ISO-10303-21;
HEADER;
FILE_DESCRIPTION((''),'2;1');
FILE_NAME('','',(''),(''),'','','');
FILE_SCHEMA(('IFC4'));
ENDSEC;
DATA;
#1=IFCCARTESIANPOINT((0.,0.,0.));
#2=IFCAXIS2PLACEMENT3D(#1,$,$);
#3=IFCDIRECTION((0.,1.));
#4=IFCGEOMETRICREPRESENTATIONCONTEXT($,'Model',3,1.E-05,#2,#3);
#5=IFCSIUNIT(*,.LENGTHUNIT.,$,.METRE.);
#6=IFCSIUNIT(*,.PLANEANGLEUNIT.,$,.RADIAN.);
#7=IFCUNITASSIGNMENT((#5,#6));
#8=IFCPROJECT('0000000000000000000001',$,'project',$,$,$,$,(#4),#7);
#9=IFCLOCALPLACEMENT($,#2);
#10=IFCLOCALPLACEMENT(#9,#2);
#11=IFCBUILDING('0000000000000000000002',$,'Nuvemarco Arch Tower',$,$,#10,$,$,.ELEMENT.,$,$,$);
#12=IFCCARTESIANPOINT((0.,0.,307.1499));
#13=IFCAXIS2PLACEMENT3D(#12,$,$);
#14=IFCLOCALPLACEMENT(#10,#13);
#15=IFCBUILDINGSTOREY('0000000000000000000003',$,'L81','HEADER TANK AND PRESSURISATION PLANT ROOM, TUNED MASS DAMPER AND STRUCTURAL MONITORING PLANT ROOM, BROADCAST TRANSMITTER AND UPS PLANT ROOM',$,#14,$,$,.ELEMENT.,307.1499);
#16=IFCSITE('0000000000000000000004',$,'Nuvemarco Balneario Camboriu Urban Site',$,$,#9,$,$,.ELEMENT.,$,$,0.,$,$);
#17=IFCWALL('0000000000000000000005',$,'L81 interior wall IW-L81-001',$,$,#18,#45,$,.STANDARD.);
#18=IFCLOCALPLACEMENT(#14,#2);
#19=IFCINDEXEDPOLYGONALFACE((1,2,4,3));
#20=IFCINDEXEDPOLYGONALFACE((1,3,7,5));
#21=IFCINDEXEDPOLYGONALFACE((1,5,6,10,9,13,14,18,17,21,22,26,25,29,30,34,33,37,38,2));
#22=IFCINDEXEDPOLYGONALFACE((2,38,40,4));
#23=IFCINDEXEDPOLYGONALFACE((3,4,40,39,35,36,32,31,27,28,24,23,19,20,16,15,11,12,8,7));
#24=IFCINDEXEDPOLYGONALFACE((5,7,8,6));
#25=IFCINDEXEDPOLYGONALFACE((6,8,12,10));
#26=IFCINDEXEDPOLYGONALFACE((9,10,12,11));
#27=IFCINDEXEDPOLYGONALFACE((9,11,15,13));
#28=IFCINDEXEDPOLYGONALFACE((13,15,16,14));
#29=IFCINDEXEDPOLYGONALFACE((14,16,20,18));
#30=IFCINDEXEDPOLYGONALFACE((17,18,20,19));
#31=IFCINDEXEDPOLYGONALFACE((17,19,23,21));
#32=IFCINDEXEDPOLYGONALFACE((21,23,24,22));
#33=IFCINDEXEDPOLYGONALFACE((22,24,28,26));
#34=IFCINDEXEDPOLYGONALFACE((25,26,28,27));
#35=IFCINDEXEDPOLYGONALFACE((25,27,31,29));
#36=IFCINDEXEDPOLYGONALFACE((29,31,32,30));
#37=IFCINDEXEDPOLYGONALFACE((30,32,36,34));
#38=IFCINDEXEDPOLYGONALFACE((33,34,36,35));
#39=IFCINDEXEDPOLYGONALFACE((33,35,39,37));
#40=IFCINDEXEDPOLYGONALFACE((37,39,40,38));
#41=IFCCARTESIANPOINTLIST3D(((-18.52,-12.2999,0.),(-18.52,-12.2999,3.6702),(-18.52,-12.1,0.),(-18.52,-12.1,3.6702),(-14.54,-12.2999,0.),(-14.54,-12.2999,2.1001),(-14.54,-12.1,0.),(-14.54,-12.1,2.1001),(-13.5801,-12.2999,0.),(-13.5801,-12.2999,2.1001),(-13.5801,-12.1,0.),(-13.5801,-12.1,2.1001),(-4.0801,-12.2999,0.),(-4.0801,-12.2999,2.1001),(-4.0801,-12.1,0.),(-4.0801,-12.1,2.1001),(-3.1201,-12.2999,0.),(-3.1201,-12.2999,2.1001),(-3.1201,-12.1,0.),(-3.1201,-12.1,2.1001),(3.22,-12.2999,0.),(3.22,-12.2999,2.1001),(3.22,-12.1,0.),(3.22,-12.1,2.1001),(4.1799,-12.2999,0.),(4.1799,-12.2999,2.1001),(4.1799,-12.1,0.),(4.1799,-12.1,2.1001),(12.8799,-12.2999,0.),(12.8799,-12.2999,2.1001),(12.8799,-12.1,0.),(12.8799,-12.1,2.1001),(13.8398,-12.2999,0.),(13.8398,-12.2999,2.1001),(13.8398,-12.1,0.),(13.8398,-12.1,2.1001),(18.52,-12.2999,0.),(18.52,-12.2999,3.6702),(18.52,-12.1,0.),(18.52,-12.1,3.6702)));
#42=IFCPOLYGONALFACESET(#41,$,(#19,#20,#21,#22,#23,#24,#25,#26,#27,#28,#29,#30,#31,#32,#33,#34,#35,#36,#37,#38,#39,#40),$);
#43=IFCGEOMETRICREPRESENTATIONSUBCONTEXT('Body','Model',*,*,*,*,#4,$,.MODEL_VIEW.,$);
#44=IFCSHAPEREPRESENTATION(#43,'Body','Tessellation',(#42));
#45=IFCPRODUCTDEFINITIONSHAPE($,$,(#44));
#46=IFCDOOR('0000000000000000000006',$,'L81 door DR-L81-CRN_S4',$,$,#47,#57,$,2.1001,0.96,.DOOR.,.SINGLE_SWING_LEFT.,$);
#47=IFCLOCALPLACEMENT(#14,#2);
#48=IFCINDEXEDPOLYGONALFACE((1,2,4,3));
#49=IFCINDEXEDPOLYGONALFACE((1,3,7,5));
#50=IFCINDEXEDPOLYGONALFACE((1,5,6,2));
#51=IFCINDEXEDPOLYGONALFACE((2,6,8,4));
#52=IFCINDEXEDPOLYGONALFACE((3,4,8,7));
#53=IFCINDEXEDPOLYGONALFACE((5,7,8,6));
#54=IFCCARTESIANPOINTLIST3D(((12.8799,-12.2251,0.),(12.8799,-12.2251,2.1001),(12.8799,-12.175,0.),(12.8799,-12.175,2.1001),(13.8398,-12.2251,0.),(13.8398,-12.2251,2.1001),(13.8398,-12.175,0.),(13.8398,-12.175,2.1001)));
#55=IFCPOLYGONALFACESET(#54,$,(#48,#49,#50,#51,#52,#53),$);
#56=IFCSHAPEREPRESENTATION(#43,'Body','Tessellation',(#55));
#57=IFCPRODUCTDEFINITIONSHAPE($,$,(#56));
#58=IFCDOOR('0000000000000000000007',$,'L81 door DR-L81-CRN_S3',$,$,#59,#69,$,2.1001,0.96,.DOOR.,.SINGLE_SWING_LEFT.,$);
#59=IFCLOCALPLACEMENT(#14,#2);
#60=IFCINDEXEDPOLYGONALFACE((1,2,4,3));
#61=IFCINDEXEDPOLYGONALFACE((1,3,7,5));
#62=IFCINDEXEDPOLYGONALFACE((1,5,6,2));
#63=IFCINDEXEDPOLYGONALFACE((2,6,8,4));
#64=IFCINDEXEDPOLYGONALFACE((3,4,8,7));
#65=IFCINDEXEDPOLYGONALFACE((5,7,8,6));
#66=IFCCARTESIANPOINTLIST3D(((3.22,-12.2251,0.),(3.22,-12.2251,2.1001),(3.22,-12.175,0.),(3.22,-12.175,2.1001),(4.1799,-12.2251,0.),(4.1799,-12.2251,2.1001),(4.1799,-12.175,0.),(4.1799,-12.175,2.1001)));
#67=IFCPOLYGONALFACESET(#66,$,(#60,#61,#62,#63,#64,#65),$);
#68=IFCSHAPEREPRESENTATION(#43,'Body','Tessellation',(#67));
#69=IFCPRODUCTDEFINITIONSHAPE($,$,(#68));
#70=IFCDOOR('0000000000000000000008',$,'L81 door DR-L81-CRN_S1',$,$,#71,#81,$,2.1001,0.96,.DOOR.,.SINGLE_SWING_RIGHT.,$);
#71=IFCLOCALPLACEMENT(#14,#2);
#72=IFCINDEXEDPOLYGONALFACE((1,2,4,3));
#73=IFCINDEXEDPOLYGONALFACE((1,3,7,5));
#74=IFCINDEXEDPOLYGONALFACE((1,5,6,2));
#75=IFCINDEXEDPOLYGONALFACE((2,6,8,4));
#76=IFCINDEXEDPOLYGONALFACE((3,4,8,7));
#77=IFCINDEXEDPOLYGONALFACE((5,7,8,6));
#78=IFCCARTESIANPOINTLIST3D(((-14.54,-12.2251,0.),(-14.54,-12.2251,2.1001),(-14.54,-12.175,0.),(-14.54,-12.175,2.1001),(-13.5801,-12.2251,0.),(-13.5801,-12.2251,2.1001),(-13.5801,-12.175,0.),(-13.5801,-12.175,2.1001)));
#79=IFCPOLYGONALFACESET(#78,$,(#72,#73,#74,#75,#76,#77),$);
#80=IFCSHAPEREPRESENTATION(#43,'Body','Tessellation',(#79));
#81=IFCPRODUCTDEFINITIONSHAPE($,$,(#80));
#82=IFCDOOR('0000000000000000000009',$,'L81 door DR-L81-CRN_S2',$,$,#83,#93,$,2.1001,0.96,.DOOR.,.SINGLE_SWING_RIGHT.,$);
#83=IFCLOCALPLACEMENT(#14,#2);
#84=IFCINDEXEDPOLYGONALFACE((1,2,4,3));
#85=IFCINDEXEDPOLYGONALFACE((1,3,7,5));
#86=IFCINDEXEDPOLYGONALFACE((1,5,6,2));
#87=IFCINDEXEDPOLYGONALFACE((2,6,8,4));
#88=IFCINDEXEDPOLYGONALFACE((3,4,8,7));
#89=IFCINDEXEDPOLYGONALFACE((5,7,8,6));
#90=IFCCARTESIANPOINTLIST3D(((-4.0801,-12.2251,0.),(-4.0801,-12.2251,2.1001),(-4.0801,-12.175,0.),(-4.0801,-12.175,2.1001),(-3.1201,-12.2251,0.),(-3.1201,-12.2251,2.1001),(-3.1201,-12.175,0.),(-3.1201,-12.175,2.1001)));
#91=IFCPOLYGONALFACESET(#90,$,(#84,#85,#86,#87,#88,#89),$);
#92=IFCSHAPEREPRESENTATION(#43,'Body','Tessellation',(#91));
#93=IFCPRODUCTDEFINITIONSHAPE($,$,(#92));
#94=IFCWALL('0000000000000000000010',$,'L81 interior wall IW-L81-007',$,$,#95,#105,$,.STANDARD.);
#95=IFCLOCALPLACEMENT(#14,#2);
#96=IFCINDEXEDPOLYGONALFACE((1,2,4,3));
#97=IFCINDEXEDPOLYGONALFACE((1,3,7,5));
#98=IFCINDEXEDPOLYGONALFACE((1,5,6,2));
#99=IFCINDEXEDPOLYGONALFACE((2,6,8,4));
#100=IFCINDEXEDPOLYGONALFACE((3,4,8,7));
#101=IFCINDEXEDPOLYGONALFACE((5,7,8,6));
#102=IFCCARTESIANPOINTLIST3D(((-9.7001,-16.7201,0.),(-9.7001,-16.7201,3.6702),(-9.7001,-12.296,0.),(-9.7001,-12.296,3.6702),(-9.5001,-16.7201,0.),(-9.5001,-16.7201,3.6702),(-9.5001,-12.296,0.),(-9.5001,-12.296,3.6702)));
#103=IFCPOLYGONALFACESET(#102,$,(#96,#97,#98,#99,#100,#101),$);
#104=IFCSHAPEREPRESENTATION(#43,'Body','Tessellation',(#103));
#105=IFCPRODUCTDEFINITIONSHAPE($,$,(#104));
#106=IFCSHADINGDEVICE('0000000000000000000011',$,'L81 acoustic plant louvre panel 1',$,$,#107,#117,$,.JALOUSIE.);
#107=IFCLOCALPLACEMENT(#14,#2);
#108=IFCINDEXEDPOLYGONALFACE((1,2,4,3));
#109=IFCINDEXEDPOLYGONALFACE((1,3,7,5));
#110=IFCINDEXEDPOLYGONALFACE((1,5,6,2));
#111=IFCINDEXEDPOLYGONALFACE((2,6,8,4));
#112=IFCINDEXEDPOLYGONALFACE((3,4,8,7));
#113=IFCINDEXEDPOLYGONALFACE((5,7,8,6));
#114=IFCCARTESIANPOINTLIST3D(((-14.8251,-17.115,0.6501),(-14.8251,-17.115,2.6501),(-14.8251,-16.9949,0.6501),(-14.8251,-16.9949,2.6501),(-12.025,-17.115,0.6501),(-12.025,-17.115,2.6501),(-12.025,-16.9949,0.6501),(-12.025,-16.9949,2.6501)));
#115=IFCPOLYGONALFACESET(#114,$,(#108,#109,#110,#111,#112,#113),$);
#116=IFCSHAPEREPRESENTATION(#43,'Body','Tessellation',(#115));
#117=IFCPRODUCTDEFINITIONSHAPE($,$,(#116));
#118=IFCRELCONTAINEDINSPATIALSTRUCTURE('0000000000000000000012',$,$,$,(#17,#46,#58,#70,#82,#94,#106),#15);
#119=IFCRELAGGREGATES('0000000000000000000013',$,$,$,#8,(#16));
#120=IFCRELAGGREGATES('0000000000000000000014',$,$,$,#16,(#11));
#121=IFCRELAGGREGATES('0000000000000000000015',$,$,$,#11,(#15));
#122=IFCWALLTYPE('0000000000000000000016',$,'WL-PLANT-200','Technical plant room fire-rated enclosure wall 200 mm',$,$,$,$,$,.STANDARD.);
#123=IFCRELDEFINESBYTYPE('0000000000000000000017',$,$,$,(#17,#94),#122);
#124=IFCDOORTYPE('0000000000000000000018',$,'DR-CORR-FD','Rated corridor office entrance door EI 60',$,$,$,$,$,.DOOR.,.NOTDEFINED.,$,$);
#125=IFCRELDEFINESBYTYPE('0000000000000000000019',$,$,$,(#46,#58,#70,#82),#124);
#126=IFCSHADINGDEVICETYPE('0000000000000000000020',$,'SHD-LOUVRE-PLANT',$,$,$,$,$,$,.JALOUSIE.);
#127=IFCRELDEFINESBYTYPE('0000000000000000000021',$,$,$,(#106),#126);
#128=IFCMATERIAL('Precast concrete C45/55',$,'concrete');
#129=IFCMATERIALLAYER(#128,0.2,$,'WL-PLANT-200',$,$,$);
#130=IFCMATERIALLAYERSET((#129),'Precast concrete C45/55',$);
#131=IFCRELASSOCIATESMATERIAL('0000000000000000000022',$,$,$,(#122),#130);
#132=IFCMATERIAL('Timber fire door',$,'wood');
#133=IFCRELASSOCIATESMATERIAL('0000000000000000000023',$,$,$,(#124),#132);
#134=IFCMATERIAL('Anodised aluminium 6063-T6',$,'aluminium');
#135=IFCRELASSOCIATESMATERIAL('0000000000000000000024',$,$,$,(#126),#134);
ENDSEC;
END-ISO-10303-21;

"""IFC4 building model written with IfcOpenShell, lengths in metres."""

from ifc_helpers import new_model, si_unit, direction, frame, frame_2d, origin, origin_2d, place, context, subcontext, project, spatial, rectangle, extrude, source, transform, mapped, material, layer, layer_set, type_object, type_shapes, element, fill, save


model = new_model("IFC4")

# Units and contexts
model_context = context("Model", 3, precision=1e-05, world=origin(), true_north=direction((0.0, 1.0)))
body_context = subcontext(model_context, "Body", "Model", "MODEL_VIEW")
ifc_project = project(units=[si_unit("LENGTHUNIT", "METRE"), si_unit("PLANEANGLEUNIT", "RADIAN")], contexts=[model_context])

# Site, building, storey
site_placement = place(None, origin())
site = spatial("IfcSite", under=ifc_project, at=site_placement, Name="Nuvemarco Balneario Camboriu Urban Site", CompositionType="ELEMENT", RefElevation=0.0)
building_placement = place(site_placement, origin())
building = spatial("IfcBuilding", under=site, at=building_placement, Name="Nuvemarco Arch Tower", CompositionType="ELEMENT")
storey_placement = place(building_placement, frame((0.0, 0.0, 307.1499)))
storey = spatial("IfcBuildingStorey", under=building, at=storey_placement, Name="L81", Description="HEADER TANK AND PRESSURISATION PLANT ROOM, TUNED MASS DAMPER AND STRUCTURAL MONITORING PLANT ROOM, BROADCAST TRANSMITTER AND UPS PLANT ROOM", CompositionType="ELEMENT", Elevation=307.1499)

# Shared definitions
ifc_material_1 = material(Name="Precast concrete C45/55", Category="concrete")

# Wall, openings, doors
ifc_layer_1 = layer(ifc_material_1, 0.2, Name="WL-PLANT-200")
ifc_layer_set_1 = layer_set([ifc_layer_1], Name="Precast concrete C45/55")
wall_type_1 = type_object("IfcWallType", Name="WL-PLANT-200", Description="Technical plant room fire-rated enclosure wall 200 mm", PredefinedType="STANDARD", material=ifc_layer_set_1)
wall_1_placement = place(storey_placement, frame((-18.52, -12.2, 0.0), z_axis=(0.0, 0.0, 1.0), x_axis=(1.0, 0.0, 0.0)))
wall_1 = element("IfcWall", 1, at=wall_1_placement, inside=storey, type_object=wall_type_1, Name="L81 interior wall IW-L81-001", PredefinedType="STANDARD", context=body_context, shape_type="SweptSolid", body=[
    extrude(rectangle(XDim=37.04, YDim=0.2, at=frame_2d((18.52, 0.0))), origin(), (0.0, 0.0, 1.0), 3.6702),
])
opening_1_placement = place(wall_1_placement, frame((31.3999, 0.0, 0.0)))
opening_1 = element("IfcOpeningElement", 2, at=opening_1_placement, cuts=wall_1, PredefinedType="OPENING", context=body_context, shape_type="SweptSolid", body=[
    extrude(rectangle(XDim=0.96, YDim=2.1001, at=frame_2d((0.48, 1.05))), frame((0.0, 0.1099, 0.0), z_axis=(0.0, -1.0, 0.0), x_axis=(1.0, 0.0, 0.0)), (0.0, 0.0, 1.0), 0.22),
])
opening_2_placement = place(wall_1_placement, frame((21.74, 0.0, 0.0)))
opening_2 = element("IfcOpeningElement", 3, at=opening_2_placement, cuts=wall_1, PredefinedType="OPENING", context=body_context, shape_type="SweptSolid", body=[
    extrude(rectangle(XDim=0.96, YDim=2.1001, at=frame_2d((0.48, 1.05))), frame((0.0, 0.1099, 0.0), z_axis=(0.0, -1.0, 0.0), x_axis=(1.0, 0.0, 0.0)), (0.0, 0.0, 1.0), 0.22),
])
opening_3_placement = place(wall_1_placement, frame((3.98, 0.0, 0.0)))
opening_3 = element("IfcOpeningElement", 4, at=opening_3_placement, cuts=wall_1, PredefinedType="OPENING", context=body_context, shape_type="SweptSolid", body=[
    extrude(rectangle(XDim=0.96, YDim=2.1001, at=frame_2d((0.48, 1.05))), frame((0.0, 0.1099, 0.0), z_axis=(0.0, -1.0, 0.0), x_axis=(1.0, 0.0, 0.0)), (0.0, 0.0, 1.0), 0.22),
])
opening_4_placement = place(wall_1_placement, frame((14.4399, 0.0, 0.0)))
opening_4 = element("IfcOpeningElement", 5, at=opening_4_placement, cuts=wall_1, PredefinedType="OPENING", context=body_context, shape_type="SweptSolid", body=[
    extrude(rectangle(XDim=0.96, YDim=2.1001, at=frame_2d((0.48, 1.05))), frame((0.0, 0.1099, 0.0), z_axis=(0.0, -1.0, 0.0), x_axis=(1.0, 0.0, 0.0)), (0.0, 0.0, 1.0), 0.22),
])
ifc_material_2 = material(Name="Timber fire door", Category="wood")
door_type = type_object("IfcDoorType", Name="DR-CORR-FD", Description="Rated corridor office entrance door EI 60", OperationType="NOTDEFINED", PredefinedType="DOOR", material=ifc_material_2)
shared_shape_1 = source(origin(), body_context, "Body", "SweptSolid", [
    extrude(rectangle(XDim=0.96, YDim=2.1001, at=frame_2d((0.48, 1.05))), frame((0.0, 0.0249, 0.0), z_axis=(0.0, -1.0, 0.0), x_axis=(1.0, 0.0, 0.0)), (0.0, 0.0, 1.0), 0.05),
])
type_shapes(door_type, [shared_shape_1])
door_1_placement = place(opening_1_placement, origin())
door_1 = element("IfcDoor", 6, at=door_1_placement, inside=storey, type_object=door_type, Name="L81 door DR-L81-CRN_S4", OperationType="SINGLE_SWING_LEFT", OverallHeight=2.1001, OverallWidth=0.96, PredefinedType="DOOR", context=body_context, shape_type="MappedRepresentation", body=[
    mapped(shared_shape_1, transform((0.0, 0.0, 0.0), scale=1.0)),
])
fill(opening_1, door_1)
door_2_placement = place(opening_2_placement, origin())
door_2 = element("IfcDoor", 7, at=door_2_placement, inside=storey, type_object=door_type, Name="L81 door DR-L81-CRN_S3", OperationType="SINGLE_SWING_LEFT", OverallHeight=2.1001, OverallWidth=0.96, PredefinedType="DOOR", context=body_context, shape_type="MappedRepresentation", body=[
    mapped(shared_shape_1, transform((0.0, 0.0, 0.0), scale=1.0)),
])
fill(opening_2, door_2)
door_3_placement = place(opening_3_placement, origin())
door_3 = element("IfcDoor", 8, at=door_3_placement, inside=storey, type_object=door_type, Name="L81 door DR-L81-CRN_S1", OperationType="SINGLE_SWING_RIGHT", OverallHeight=2.1001, OverallWidth=0.96, PredefinedType="DOOR", context=body_context, shape_type="MappedRepresentation", body=[
    mapped(shared_shape_1, transform((0.0, 0.0, 0.0), scale=1.0)),
])
fill(opening_3, door_3)
door_4_placement = place(opening_4_placement, origin())
door_4 = element("IfcDoor", 9, at=door_4_placement, inside=storey, type_object=door_type, Name="L81 door DR-L81-CRN_S2", OperationType="SINGLE_SWING_RIGHT", OverallHeight=2.1001, OverallWidth=0.96, PredefinedType="DOOR", context=body_context, shape_type="MappedRepresentation", body=[
    mapped(shared_shape_1, transform((0.0, 0.0, 0.0), scale=1.0)),
])
fill(opening_4, door_4)

# Wall
wall_2_placement = place(storey_placement, frame((-9.6001, -16.72, 0.0), z_axis=(0.0, 0.0, 1.0), x_axis=(0.0, 1.0, 0.0)))
element("IfcWall", 10, at=wall_2_placement, inside=storey, type_object=wall_type_1, Name="L81 interior wall IW-L81-007", PredefinedType="STANDARD", context=body_context, shape_type="SweptSolid", body=[
    extrude(rectangle(XDim=4.4241, YDim=0.2, at=frame_2d((2.2119, 0.0))), origin(), (0.0, 0.0, 1.0), 3.6702),
])

# Shading device
ifc_material_3 = material(Name="Anodised aluminium 6063-T6", Category="aluminium")
shading_device_type = type_object("IfcShadingDeviceType", Name="SHD-LOUVRE-PLANT", PredefinedType="JALOUSIE", material=ifc_material_3)
shared_shape_2 = source(origin(), body_context, "Body", "SweptSolid", [
    extrude(rectangle(XDim=2.8, YDim=0.1201, at=origin_2d()), origin(), (0.0, 0.0, 1.0), 2.0),
])
type_shapes(shading_device_type, [shared_shape_2])
shading_device_placement = place(storey_placement, frame((-13.425, -17.0549, 0.6501), z_axis=(0.0, 0.0, 1.0), x_axis=(1.0, 0.0, 0.0)))
element("IfcShadingDevice", 11, at=shading_device_placement, inside=storey, type_object=shading_device_type, Name="L81 acoustic plant louvre panel 1", PredefinedType="JALOUSIE", context=body_context, shape_type="MappedRepresentation", body=[
    mapped(shared_shape_2, transform((0.0, 0.0, 0.0), scale=1.0)),
])

save(model, "model.ifc")
